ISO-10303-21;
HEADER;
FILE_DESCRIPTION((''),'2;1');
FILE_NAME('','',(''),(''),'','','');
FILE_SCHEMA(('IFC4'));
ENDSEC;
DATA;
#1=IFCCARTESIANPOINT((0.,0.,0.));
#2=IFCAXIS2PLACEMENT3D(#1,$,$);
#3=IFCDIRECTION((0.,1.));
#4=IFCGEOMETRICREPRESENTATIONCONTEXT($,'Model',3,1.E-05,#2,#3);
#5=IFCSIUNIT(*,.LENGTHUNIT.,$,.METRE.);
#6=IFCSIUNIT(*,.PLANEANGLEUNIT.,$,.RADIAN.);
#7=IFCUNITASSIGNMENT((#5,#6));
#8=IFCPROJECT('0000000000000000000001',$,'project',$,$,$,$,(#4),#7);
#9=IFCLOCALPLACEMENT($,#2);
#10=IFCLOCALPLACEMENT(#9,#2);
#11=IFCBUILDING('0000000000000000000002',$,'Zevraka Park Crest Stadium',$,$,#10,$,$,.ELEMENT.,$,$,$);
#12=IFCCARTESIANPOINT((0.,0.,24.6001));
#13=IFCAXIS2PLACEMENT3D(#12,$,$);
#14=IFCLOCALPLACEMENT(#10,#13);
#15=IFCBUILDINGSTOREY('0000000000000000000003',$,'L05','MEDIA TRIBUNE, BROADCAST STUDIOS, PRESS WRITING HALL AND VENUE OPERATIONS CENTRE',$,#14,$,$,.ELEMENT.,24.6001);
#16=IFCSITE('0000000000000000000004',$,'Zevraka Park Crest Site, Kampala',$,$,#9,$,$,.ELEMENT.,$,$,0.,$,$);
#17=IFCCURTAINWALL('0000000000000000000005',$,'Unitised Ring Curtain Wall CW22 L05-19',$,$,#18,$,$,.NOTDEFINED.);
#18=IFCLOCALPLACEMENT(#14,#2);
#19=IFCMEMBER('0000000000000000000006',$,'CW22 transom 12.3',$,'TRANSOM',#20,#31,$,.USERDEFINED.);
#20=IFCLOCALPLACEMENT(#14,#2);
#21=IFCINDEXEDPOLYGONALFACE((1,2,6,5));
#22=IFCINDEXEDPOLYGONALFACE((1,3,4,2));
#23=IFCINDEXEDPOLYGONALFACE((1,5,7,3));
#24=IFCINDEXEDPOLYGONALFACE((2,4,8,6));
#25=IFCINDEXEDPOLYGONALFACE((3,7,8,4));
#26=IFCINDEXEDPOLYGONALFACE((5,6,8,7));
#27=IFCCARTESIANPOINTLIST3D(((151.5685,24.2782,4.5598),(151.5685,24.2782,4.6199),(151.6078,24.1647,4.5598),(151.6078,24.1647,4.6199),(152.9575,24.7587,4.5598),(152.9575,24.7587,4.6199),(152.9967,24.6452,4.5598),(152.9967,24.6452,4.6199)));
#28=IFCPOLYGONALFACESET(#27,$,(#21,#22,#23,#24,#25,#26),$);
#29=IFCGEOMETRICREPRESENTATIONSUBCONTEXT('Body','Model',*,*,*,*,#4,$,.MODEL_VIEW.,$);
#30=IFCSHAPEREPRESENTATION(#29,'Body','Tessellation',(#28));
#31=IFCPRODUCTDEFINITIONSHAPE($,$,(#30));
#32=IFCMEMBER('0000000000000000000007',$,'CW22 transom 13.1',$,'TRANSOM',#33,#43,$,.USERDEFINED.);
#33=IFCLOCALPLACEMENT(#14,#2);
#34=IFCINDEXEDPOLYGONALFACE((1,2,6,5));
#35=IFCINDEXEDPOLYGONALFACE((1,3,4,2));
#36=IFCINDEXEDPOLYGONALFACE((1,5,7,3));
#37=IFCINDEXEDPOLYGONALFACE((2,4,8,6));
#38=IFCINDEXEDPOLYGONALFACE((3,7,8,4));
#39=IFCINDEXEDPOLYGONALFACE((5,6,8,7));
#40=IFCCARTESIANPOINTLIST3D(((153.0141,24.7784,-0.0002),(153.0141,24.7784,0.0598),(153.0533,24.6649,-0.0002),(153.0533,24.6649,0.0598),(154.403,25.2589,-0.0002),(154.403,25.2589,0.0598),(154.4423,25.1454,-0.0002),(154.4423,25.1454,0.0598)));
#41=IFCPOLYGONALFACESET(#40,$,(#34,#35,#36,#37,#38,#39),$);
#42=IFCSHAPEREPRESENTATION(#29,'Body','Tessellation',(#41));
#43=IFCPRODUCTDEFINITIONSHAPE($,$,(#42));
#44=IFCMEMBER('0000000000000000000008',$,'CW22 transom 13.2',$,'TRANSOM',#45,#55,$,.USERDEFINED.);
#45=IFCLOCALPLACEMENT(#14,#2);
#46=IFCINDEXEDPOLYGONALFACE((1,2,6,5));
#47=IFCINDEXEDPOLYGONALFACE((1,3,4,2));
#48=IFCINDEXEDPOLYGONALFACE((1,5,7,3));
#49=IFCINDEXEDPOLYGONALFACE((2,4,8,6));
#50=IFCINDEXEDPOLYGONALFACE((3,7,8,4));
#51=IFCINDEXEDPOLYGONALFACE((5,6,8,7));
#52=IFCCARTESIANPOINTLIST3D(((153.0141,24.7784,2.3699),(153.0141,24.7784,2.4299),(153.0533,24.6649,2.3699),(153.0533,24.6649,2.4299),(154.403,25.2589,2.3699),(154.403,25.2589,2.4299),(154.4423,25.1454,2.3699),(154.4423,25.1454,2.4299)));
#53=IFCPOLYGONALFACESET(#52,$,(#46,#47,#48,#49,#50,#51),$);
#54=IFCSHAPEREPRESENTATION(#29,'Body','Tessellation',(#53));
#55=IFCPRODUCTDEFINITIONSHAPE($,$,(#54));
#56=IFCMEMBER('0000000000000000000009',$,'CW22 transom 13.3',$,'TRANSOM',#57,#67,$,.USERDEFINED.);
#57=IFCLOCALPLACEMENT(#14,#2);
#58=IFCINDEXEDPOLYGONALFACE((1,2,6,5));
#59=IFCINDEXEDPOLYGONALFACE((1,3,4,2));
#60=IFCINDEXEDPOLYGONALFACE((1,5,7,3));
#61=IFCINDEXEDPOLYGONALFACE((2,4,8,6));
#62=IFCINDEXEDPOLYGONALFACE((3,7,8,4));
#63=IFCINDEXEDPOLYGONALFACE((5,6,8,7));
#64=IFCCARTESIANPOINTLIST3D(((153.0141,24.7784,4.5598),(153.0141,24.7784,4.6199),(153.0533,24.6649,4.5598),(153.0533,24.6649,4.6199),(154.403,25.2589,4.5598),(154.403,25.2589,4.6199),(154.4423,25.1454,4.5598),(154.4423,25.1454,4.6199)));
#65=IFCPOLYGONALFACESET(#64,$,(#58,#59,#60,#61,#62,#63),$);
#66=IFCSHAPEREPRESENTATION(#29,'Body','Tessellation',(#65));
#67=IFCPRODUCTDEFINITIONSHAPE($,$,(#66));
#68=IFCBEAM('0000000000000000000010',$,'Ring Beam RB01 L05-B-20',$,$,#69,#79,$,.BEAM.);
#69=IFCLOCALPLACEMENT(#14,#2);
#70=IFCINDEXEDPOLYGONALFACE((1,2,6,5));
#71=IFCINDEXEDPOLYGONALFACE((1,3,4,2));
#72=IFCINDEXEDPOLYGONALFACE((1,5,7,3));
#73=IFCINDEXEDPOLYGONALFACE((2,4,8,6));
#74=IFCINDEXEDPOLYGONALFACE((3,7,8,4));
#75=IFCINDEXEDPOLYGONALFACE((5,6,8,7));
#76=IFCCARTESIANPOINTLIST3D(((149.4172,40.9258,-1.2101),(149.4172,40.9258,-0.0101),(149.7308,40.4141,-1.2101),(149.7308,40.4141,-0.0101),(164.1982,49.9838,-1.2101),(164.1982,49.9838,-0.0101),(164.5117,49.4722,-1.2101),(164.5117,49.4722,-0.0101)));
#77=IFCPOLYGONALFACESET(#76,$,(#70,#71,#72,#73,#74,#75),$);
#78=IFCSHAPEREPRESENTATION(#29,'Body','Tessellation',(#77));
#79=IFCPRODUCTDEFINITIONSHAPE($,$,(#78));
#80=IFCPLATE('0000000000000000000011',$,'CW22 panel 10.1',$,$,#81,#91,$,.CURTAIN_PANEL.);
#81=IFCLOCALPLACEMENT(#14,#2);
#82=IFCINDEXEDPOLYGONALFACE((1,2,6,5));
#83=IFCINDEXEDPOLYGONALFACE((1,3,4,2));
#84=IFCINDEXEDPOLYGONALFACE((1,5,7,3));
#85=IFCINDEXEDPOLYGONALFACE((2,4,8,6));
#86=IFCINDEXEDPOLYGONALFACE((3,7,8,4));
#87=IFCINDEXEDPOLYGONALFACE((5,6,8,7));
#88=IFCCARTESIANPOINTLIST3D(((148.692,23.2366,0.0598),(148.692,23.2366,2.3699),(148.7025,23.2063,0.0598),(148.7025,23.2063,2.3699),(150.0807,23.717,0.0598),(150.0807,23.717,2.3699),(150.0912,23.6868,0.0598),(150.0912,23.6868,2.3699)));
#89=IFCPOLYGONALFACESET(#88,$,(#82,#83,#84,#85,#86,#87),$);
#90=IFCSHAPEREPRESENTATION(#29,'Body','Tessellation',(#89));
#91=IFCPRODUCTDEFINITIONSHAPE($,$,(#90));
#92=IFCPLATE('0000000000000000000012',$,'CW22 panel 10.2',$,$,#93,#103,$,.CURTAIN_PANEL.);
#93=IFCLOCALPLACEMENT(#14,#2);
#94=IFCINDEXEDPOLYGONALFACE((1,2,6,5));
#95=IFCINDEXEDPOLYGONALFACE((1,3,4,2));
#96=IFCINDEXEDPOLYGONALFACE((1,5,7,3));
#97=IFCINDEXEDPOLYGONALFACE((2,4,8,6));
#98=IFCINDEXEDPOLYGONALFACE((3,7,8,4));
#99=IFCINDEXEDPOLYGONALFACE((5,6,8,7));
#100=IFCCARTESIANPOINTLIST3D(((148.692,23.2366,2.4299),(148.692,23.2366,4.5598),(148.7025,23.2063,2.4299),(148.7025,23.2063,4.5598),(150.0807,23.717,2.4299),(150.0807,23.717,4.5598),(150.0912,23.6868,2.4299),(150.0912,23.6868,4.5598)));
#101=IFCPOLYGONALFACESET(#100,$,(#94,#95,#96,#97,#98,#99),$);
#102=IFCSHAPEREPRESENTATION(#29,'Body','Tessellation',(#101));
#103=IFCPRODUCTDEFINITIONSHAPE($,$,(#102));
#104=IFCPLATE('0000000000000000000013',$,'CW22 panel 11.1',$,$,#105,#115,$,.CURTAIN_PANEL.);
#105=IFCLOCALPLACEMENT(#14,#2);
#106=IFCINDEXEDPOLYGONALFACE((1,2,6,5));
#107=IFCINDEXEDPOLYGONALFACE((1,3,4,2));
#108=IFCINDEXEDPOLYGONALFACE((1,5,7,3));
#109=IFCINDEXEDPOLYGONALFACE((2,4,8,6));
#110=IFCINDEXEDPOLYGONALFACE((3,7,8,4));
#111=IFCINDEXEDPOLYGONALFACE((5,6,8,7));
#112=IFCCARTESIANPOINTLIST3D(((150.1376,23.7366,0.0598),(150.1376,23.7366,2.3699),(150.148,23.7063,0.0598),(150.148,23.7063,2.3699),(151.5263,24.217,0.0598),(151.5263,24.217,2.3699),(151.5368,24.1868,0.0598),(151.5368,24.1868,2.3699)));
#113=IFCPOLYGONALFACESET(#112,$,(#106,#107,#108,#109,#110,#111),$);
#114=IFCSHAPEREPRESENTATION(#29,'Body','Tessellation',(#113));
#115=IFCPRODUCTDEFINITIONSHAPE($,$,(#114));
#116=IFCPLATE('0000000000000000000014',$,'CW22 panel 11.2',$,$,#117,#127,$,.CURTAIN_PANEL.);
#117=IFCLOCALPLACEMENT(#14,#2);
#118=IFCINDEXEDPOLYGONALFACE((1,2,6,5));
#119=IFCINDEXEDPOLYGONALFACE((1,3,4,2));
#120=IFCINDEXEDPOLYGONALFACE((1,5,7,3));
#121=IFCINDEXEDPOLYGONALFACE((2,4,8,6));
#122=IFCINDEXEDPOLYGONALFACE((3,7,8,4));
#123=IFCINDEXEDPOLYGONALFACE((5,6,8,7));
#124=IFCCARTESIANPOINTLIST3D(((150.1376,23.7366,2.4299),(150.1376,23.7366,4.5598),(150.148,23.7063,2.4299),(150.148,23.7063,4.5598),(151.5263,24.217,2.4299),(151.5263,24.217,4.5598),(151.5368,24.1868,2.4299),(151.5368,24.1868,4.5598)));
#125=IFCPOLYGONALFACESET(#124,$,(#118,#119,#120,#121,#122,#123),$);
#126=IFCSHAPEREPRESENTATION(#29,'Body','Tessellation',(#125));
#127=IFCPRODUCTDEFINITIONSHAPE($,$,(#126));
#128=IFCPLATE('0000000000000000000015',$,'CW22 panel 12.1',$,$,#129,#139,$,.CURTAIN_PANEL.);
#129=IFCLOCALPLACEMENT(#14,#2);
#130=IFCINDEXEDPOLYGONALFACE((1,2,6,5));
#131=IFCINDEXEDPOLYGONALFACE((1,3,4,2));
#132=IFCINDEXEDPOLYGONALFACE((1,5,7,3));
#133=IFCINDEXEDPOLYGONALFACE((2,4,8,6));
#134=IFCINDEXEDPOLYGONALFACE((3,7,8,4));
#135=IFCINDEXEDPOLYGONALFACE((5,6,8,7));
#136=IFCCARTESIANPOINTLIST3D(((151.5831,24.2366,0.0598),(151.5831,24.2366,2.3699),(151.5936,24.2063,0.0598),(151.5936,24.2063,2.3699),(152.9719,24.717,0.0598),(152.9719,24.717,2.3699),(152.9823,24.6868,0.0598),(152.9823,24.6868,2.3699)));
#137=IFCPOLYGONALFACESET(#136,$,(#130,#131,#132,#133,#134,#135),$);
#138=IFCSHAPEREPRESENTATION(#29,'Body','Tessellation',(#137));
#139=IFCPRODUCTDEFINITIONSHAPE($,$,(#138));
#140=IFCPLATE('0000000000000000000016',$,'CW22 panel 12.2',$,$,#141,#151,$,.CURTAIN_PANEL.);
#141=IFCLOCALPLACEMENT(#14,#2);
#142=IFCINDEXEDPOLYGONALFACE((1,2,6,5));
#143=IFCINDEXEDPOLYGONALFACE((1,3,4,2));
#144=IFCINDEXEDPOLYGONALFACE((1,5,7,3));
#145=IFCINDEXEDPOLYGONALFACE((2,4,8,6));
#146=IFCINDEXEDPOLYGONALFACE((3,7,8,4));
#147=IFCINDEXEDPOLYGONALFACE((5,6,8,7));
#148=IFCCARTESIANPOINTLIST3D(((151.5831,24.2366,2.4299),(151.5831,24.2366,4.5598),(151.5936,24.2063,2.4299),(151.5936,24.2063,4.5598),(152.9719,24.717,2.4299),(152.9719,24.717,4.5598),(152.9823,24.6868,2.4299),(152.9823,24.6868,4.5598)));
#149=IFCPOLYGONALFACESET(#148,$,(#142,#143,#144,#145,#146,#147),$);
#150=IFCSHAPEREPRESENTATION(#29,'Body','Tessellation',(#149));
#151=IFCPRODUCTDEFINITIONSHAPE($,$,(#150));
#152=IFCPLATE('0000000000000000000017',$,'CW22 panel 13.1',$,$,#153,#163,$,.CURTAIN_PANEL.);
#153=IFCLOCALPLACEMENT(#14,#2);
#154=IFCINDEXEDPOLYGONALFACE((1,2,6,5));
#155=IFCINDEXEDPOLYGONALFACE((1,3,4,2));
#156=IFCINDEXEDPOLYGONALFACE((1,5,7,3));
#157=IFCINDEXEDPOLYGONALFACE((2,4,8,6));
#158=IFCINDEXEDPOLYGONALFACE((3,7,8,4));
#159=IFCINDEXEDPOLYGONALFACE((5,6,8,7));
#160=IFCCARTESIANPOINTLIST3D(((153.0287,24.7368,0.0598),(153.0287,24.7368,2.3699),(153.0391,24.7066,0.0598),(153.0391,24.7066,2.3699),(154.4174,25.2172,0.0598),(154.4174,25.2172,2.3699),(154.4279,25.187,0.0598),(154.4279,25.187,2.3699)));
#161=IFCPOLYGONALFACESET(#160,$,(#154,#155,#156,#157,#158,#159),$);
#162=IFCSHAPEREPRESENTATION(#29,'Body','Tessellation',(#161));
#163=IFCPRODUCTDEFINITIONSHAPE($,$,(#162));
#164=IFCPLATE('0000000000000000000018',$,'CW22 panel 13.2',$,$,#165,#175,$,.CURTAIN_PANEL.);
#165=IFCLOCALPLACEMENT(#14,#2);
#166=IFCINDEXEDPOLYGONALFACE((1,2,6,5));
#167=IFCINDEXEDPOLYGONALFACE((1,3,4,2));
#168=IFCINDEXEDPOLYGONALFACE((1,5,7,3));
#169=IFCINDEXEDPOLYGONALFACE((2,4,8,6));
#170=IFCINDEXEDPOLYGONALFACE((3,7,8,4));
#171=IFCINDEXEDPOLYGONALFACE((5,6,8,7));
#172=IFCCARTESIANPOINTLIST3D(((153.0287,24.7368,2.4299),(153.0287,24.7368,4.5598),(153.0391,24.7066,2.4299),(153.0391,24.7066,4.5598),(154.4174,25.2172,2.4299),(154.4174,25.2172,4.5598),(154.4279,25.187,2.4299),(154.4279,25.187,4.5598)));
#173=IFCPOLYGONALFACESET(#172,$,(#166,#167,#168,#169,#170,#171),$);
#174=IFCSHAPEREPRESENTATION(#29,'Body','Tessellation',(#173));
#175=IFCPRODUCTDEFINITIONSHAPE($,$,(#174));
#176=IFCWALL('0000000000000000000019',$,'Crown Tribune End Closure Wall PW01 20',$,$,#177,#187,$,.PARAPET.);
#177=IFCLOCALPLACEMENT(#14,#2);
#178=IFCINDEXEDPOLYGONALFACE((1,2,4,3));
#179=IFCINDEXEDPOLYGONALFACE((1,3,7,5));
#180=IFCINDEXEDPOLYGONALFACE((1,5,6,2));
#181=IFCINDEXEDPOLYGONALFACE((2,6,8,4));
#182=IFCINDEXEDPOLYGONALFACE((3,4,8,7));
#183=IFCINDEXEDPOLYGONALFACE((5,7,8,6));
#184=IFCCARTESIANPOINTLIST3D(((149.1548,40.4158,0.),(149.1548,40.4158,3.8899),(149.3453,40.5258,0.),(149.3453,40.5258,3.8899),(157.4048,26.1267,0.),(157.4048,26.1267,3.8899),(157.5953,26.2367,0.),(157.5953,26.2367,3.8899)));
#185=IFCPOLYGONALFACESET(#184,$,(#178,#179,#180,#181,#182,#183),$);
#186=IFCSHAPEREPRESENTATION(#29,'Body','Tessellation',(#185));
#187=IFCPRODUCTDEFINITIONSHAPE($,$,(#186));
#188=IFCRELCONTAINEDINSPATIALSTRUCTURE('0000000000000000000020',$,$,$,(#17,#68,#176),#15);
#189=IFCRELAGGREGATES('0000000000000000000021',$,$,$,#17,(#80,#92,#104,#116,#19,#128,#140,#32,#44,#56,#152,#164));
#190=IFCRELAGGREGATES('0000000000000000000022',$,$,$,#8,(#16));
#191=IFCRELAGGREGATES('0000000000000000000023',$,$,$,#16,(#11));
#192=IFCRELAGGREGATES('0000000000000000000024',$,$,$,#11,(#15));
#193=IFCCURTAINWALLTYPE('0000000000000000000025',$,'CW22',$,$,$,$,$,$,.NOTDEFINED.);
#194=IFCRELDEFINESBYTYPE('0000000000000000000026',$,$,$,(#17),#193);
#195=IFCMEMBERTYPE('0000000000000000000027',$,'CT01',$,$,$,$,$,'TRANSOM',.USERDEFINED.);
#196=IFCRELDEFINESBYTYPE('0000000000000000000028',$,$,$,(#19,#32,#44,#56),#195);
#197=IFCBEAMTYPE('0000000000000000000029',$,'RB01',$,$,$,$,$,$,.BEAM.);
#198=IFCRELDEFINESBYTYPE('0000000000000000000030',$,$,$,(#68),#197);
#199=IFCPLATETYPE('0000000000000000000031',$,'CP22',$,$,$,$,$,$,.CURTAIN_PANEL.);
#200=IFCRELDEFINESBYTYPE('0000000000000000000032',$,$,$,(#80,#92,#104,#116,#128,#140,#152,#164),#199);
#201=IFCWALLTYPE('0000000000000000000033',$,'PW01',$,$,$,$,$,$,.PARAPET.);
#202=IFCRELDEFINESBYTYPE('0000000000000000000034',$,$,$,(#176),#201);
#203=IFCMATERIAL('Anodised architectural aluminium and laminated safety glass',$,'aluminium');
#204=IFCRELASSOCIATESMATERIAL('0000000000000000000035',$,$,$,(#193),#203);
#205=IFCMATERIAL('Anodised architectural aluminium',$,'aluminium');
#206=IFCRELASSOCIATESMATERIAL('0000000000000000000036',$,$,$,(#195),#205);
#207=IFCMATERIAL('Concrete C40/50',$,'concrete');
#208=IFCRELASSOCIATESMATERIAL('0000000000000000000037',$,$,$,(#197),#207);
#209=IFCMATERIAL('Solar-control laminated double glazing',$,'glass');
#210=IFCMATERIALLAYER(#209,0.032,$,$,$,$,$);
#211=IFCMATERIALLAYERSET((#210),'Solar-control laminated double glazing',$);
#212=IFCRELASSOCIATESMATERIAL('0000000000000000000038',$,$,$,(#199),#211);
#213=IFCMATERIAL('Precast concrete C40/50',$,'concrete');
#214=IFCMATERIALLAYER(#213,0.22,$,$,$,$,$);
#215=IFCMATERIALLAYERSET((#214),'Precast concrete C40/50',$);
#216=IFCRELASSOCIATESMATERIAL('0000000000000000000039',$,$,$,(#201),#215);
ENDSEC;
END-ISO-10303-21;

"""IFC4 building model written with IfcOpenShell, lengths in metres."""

from ifc_helpers import new_model, si_unit, direction, frame, frame_2d, origin, origin_2d, place, context, subcontext, project, spatial, rectangle, extrude, material, layer, layer_set, material_profile, profile_set, type_object, element, aggregate, save


model = new_model("IFC4")

# Units and contexts
model_context = context("Model", 3, precision=1e-05, world=origin(), true_north=direction((0.0, 1.0)))
body_context = subcontext(model_context, "Body", "Model", "MODEL_VIEW")
ifc_project = project(units=[si_unit("LENGTHUNIT", "METRE"), si_unit("PLANEANGLEUNIT", "RADIAN")], contexts=[model_context])

# Site, building, storey
site_placement = place(None, origin())
site = spatial("IfcSite", under=ifc_project, at=site_placement, Name="Zevraka Park Crest Site, Kampala", CompositionType="ELEMENT", RefElevation=0.0)
building_placement = place(site_placement, origin())
building = spatial("IfcBuilding", under=site, at=building_placement, Name="Zevraka Park Crest Stadium", CompositionType="ELEMENT")
storey_placement = place(building_placement, frame((0.0, 0.0, 24.6001)))
storey = spatial("IfcBuildingStorey", under=building, at=storey_placement, Name="L05", Description="MEDIA TRIBUNE, BROADCAST STUDIOS, PRESS WRITING HALL AND VENUE OPERATIONS CENTRE", CompositionType="ELEMENT", Elevation=24.6001)

# Curtain wall, members
ifc_material_1 = material(Name="Anodised architectural aluminium and laminated safety glass", Category="aluminium")
curtain_wall_type = type_object("IfcCurtainWallType", Name="CW22", PredefinedType="NOTDEFINED", material=ifc_material_1)
curtain_wall_placement = place(storey_placement, origin())
curtain_wall = element("IfcCurtainWall", 1, at=curtain_wall_placement, inside=storey, type_object=curtain_wall_type, Name="Unitised Ring Curtain Wall CW22 L05-19", PredefinedType="NOTDEFINED")
ifc_material_2 = material(Name="Anodised architectural aluminium", Category="aluminium")
ifc_material_profile_1 = material_profile(ifc_material_2, rectangle(XDim=0.1201, YDim=0.0601, at=origin_2d()), Name="ALU TRANSOM 120x60")
ifc_profile_set_1 = profile_set([ifc_material_profile_1], Name="Anodised architectural aluminium")
member_type_1 = type_object("IfcMemberType", Name="CT01", ElementType="TRANSOM", PredefinedType="USERDEFINED", material=ifc_profile_set_1)
member_1_placement = place(storey_placement, frame((151.5881, 24.2214, 4.5898), z_axis=(0.945051, 0.326922, 0.0), x_axis=(-0.326922, 0.945051, 0.0)))
member_1 = element("IfcMember", 2, at=member_1_placement, type_object=member_type_1, Name="CW22 transom 12.3", ObjectType="TRANSOM", PredefinedType="USERDEFINED", context=body_context, shape_type="SweptSolid", body=[
    extrude(rectangle(XDim=0.1201, YDim=0.0601, at=origin_2d()), origin(), (0.0, 0.0, 1.0), 1.4697),
])
member_2_placement = place(storey_placement, frame((153.0337, 24.7217, 0.0298), z_axis=(0.945051, 0.326922, 0.0), x_axis=(-0.326922, 0.945051, 0.0)))
member_2 = element("IfcMember", 3, at=member_2_placement, type_object=member_type_1, Name="CW22 transom 13.1", ObjectType="TRANSOM", PredefinedType="USERDEFINED", context=body_context, shape_type="SweptSolid", body=[
    extrude(rectangle(XDim=0.1201, YDim=0.0601, at=origin_2d()), origin(), (0.0, 0.0, 1.0), 1.4697),
])
member_3_placement = place(storey_placement, frame((153.0337, 24.7217, 2.3999), z_axis=(0.945051, 0.326922, 0.0), x_axis=(-0.326922, 0.945051, 0.0)))
member_3 = element("IfcMember", 4, at=member_3_placement, type_object=member_type_1, Name="CW22 transom 13.2", ObjectType="TRANSOM", PredefinedType="USERDEFINED", context=body_context, shape_type="SweptSolid", body=[
    extrude(rectangle(XDim=0.1201, YDim=0.0601, at=origin_2d()), origin(), (0.0, 0.0, 1.0), 1.4697),
])
member_4_placement = place(storey_placement, frame((153.0337, 24.7217, 4.5898), z_axis=(0.945051, 0.326922, 0.0), x_axis=(-0.326922, 0.945051, 0.0)))
member_4 = element("IfcMember", 5, at=member_4_placement, type_object=member_type_1, Name="CW22 transom 13.3", ObjectType="TRANSOM", PredefinedType="USERDEFINED", context=body_context, shape_type="SweptSolid", body=[
    extrude(rectangle(XDim=0.1201, YDim=0.0601, at=origin_2d()), origin(), (0.0, 0.0, 1.0), 1.4697),
])

# Beam
ifc_material_3 = material(Name="Concrete C40/50", Category="concrete")
ifc_material_profile_2 = material_profile(ifc_material_3, rectangle(XDim=0.6001, YDim=1.2, at=origin_2d()), Name="RC 1200x600")
ifc_profile_set_2 = profile_set([ifc_material_profile_2], Name="Concrete C40/50")
beam_type_1 = type_object("IfcBeamType", Name="RB01", PredefinedType="BEAM", material=ifc_profile_set_2)
beam_1_placement = place(storey_placement, frame((149.574, 40.6699, -0.6101), z_axis=(0.852633, 0.522511, 0.0), x_axis=(-0.522511, 0.852633, 0.0)))
element("IfcBeam", 6, at=beam_1_placement, inside=storey, type_object=beam_type_1, Name="Ring Beam RB01 L05-B-20", PredefinedType="BEAM", context=body_context, shape_type="SweptSolid", body=[
    extrude(rectangle(XDim=0.6001, YDim=1.2, at=origin_2d()), origin(), (0.0, 0.0, 1.0), 17.3357),
])

# Plates
ifc_material_4 = material(Name="Solar-control laminated double glazing", Category="glass")
ifc_layer_1 = layer(ifc_material_4, 0.032)
ifc_layer_set_1 = layer_set([ifc_layer_1], Name="Solar-control laminated double glazing")
plate_type = type_object("IfcPlateType", Name="CP22", PredefinedType="CURTAIN_PANEL", material=ifc_layer_set_1)
plate_1_placement = place(storey_placement, frame((149.3916, 23.4617, 0.0598), z_axis=(0.0, 0.0, 1.0), x_axis=(0.945049, 0.326929, 0.0)))
plate_1 = element("IfcPlate", 7, at=plate_1_placement, type_object=plate_type, Name="CW22 panel 10.1", PredefinedType="CURTAIN_PANEL", context=body_context, shape_type="SweptSolid", body=[
    extrude(rectangle(XDim=1.4695, YDim=0.032, at=origin_2d()), origin(), (0.0, 0.0, 1.0), 2.3101),
])
plate_2_placement = place(storey_placement, frame((149.3916, 23.4617, 2.4299), z_axis=(0.0, 0.0, 1.0), x_axis=(0.945049, 0.326929, 0.0)))
plate_2 = element("IfcPlate", 8, at=plate_2_placement, type_object=plate_type, Name="CW22 panel 10.2", PredefinedType="CURTAIN_PANEL", context=body_context, shape_type="SweptSolid", body=[
    extrude(rectangle(XDim=1.4695, YDim=0.032, at=origin_2d()), origin(), (0.0, 0.0, 1.0), 2.1299),
])
plate_3_placement = place(storey_placement, frame((150.8372, 23.9617, 0.0598), z_axis=(0.0, 0.0, 1.0), x_axis=(0.945049, 0.326929, 0.0)))
plate_3 = element("IfcPlate", 9, at=plate_3_placement, type_object=plate_type, Name="CW22 panel 11.1", PredefinedType="CURTAIN_PANEL", context=body_context, shape_type="SweptSolid", body=[
    extrude(rectangle(XDim=1.4695, YDim=0.032, at=origin_2d()), origin(), (0.0, 0.0, 1.0), 2.3101),
])
plate_4_placement = place(storey_placement, frame((150.8372, 23.9617, 2.4299), z_axis=(0.0, 0.0, 1.0), x_axis=(0.945049, 0.326929, 0.0)))
plate_4 = element("IfcPlate", 10, at=plate_4_placement, type_object=plate_type, Name="CW22 panel 11.2", PredefinedType="CURTAIN_PANEL", context=body_context, shape_type="SweptSolid", body=[
    extrude(rectangle(XDim=1.4695, YDim=0.032, at=origin_2d()), origin(), (0.0, 0.0, 1.0), 2.1299),
])
plate_5_placement = place(storey_placement, frame((152.2827, 24.4617, 0.0598), z_axis=(0.0, 0.0, 1.0), x_axis=(0.945049, 0.326929, 0.0)))
plate_5 = element("IfcPlate", 11, at=plate_5_placement, type_object=plate_type, Name="CW22 panel 12.1", PredefinedType="CURTAIN_PANEL", context=body_context, shape_type="SweptSolid", body=[
    extrude(rectangle(XDim=1.4695, YDim=0.032, at=origin_2d()), origin(), (0.0, 0.0, 1.0), 2.3101),
])
plate_6_placement = place(storey_placement, frame((152.2827, 24.4617, 2.4299), z_axis=(0.0, 0.0, 1.0), x_axis=(0.945049, 0.326929, 0.0)))
plate_6 = element("IfcPlate", 12, at=plate_6_placement, type_object=plate_type, Name="CW22 panel 12.2", PredefinedType="CURTAIN_PANEL", context=body_context, shape_type="SweptSolid", body=[
    extrude(rectangle(XDim=1.4695, YDim=0.032, at=origin_2d()), origin(), (0.0, 0.0, 1.0), 2.1299),
])
plate_7_placement = place(storey_placement, frame((153.7283, 24.9619, 0.0598), z_axis=(0.0, 0.0, 1.0), x_axis=(0.945049, 0.326929, 0.0)))
plate_7 = element("IfcPlate", 13, at=plate_7_placement, type_object=plate_type, Name="CW22 panel 13.1", PredefinedType="CURTAIN_PANEL", context=body_context, shape_type="SweptSolid", body=[
    extrude(rectangle(XDim=1.4695, YDim=0.032, at=origin_2d()), origin(), (0.0, 0.0, 1.0), 2.3101),
])
plate_8_placement = place(storey_placement, frame((153.7283, 24.9619, 2.4299), z_axis=(0.0, 0.0, 1.0), x_axis=(0.945049, 0.326929, 0.0)))
plate_8 = element("IfcPlate", 14, at=plate_8_placement, type_object=plate_type, Name="CW22 panel 13.2", PredefinedType="CURTAIN_PANEL", context=body_context, shape_type="SweptSolid", body=[
    extrude(rectangle(XDim=1.4695, YDim=0.032, at=origin_2d()), origin(), (0.0, 0.0, 1.0), 2.1299),
])
aggregate(curtain_wall, [plate_1, plate_2, plate_3, plate_4, member_1, plate_5, plate_6, member_2, member_3, member_4, plate_7, plate_8])

# Wall
ifc_material_5 = material(Name="Precast concrete C40/50", Category="concrete")
ifc_layer_2 = layer(ifc_material_5, 0.22)
ifc_layer_set_2 = layer_set([ifc_layer_2], Name="Precast concrete C40/50")
wall_type = type_object("IfcWallType", Name="PW01", PredefinedType="PARAPET", material=ifc_layer_set_2)
wall_placement = place(storey_placement, frame((149.25, 40.4709, 0.0), z_axis=(0.0, 0.0, 1.0), x_axis=(0.500009, -0.86602, 0.0)))
element("IfcWall", 15, at=wall_placement, inside=storey, type_object=wall_type, Name="Crown Tribune End Closure Wall PW01 20", PredefinedType="PARAPET", context=body_context, shape_type="SweptSolid", body=[
    extrude(rectangle(XDim=16.4998, YDim=0.22, at=frame_2d((8.25, 0.0))), origin(), (0.0, 0.0, 1.0), 3.8899),
])

save(model, "model.ifc")
